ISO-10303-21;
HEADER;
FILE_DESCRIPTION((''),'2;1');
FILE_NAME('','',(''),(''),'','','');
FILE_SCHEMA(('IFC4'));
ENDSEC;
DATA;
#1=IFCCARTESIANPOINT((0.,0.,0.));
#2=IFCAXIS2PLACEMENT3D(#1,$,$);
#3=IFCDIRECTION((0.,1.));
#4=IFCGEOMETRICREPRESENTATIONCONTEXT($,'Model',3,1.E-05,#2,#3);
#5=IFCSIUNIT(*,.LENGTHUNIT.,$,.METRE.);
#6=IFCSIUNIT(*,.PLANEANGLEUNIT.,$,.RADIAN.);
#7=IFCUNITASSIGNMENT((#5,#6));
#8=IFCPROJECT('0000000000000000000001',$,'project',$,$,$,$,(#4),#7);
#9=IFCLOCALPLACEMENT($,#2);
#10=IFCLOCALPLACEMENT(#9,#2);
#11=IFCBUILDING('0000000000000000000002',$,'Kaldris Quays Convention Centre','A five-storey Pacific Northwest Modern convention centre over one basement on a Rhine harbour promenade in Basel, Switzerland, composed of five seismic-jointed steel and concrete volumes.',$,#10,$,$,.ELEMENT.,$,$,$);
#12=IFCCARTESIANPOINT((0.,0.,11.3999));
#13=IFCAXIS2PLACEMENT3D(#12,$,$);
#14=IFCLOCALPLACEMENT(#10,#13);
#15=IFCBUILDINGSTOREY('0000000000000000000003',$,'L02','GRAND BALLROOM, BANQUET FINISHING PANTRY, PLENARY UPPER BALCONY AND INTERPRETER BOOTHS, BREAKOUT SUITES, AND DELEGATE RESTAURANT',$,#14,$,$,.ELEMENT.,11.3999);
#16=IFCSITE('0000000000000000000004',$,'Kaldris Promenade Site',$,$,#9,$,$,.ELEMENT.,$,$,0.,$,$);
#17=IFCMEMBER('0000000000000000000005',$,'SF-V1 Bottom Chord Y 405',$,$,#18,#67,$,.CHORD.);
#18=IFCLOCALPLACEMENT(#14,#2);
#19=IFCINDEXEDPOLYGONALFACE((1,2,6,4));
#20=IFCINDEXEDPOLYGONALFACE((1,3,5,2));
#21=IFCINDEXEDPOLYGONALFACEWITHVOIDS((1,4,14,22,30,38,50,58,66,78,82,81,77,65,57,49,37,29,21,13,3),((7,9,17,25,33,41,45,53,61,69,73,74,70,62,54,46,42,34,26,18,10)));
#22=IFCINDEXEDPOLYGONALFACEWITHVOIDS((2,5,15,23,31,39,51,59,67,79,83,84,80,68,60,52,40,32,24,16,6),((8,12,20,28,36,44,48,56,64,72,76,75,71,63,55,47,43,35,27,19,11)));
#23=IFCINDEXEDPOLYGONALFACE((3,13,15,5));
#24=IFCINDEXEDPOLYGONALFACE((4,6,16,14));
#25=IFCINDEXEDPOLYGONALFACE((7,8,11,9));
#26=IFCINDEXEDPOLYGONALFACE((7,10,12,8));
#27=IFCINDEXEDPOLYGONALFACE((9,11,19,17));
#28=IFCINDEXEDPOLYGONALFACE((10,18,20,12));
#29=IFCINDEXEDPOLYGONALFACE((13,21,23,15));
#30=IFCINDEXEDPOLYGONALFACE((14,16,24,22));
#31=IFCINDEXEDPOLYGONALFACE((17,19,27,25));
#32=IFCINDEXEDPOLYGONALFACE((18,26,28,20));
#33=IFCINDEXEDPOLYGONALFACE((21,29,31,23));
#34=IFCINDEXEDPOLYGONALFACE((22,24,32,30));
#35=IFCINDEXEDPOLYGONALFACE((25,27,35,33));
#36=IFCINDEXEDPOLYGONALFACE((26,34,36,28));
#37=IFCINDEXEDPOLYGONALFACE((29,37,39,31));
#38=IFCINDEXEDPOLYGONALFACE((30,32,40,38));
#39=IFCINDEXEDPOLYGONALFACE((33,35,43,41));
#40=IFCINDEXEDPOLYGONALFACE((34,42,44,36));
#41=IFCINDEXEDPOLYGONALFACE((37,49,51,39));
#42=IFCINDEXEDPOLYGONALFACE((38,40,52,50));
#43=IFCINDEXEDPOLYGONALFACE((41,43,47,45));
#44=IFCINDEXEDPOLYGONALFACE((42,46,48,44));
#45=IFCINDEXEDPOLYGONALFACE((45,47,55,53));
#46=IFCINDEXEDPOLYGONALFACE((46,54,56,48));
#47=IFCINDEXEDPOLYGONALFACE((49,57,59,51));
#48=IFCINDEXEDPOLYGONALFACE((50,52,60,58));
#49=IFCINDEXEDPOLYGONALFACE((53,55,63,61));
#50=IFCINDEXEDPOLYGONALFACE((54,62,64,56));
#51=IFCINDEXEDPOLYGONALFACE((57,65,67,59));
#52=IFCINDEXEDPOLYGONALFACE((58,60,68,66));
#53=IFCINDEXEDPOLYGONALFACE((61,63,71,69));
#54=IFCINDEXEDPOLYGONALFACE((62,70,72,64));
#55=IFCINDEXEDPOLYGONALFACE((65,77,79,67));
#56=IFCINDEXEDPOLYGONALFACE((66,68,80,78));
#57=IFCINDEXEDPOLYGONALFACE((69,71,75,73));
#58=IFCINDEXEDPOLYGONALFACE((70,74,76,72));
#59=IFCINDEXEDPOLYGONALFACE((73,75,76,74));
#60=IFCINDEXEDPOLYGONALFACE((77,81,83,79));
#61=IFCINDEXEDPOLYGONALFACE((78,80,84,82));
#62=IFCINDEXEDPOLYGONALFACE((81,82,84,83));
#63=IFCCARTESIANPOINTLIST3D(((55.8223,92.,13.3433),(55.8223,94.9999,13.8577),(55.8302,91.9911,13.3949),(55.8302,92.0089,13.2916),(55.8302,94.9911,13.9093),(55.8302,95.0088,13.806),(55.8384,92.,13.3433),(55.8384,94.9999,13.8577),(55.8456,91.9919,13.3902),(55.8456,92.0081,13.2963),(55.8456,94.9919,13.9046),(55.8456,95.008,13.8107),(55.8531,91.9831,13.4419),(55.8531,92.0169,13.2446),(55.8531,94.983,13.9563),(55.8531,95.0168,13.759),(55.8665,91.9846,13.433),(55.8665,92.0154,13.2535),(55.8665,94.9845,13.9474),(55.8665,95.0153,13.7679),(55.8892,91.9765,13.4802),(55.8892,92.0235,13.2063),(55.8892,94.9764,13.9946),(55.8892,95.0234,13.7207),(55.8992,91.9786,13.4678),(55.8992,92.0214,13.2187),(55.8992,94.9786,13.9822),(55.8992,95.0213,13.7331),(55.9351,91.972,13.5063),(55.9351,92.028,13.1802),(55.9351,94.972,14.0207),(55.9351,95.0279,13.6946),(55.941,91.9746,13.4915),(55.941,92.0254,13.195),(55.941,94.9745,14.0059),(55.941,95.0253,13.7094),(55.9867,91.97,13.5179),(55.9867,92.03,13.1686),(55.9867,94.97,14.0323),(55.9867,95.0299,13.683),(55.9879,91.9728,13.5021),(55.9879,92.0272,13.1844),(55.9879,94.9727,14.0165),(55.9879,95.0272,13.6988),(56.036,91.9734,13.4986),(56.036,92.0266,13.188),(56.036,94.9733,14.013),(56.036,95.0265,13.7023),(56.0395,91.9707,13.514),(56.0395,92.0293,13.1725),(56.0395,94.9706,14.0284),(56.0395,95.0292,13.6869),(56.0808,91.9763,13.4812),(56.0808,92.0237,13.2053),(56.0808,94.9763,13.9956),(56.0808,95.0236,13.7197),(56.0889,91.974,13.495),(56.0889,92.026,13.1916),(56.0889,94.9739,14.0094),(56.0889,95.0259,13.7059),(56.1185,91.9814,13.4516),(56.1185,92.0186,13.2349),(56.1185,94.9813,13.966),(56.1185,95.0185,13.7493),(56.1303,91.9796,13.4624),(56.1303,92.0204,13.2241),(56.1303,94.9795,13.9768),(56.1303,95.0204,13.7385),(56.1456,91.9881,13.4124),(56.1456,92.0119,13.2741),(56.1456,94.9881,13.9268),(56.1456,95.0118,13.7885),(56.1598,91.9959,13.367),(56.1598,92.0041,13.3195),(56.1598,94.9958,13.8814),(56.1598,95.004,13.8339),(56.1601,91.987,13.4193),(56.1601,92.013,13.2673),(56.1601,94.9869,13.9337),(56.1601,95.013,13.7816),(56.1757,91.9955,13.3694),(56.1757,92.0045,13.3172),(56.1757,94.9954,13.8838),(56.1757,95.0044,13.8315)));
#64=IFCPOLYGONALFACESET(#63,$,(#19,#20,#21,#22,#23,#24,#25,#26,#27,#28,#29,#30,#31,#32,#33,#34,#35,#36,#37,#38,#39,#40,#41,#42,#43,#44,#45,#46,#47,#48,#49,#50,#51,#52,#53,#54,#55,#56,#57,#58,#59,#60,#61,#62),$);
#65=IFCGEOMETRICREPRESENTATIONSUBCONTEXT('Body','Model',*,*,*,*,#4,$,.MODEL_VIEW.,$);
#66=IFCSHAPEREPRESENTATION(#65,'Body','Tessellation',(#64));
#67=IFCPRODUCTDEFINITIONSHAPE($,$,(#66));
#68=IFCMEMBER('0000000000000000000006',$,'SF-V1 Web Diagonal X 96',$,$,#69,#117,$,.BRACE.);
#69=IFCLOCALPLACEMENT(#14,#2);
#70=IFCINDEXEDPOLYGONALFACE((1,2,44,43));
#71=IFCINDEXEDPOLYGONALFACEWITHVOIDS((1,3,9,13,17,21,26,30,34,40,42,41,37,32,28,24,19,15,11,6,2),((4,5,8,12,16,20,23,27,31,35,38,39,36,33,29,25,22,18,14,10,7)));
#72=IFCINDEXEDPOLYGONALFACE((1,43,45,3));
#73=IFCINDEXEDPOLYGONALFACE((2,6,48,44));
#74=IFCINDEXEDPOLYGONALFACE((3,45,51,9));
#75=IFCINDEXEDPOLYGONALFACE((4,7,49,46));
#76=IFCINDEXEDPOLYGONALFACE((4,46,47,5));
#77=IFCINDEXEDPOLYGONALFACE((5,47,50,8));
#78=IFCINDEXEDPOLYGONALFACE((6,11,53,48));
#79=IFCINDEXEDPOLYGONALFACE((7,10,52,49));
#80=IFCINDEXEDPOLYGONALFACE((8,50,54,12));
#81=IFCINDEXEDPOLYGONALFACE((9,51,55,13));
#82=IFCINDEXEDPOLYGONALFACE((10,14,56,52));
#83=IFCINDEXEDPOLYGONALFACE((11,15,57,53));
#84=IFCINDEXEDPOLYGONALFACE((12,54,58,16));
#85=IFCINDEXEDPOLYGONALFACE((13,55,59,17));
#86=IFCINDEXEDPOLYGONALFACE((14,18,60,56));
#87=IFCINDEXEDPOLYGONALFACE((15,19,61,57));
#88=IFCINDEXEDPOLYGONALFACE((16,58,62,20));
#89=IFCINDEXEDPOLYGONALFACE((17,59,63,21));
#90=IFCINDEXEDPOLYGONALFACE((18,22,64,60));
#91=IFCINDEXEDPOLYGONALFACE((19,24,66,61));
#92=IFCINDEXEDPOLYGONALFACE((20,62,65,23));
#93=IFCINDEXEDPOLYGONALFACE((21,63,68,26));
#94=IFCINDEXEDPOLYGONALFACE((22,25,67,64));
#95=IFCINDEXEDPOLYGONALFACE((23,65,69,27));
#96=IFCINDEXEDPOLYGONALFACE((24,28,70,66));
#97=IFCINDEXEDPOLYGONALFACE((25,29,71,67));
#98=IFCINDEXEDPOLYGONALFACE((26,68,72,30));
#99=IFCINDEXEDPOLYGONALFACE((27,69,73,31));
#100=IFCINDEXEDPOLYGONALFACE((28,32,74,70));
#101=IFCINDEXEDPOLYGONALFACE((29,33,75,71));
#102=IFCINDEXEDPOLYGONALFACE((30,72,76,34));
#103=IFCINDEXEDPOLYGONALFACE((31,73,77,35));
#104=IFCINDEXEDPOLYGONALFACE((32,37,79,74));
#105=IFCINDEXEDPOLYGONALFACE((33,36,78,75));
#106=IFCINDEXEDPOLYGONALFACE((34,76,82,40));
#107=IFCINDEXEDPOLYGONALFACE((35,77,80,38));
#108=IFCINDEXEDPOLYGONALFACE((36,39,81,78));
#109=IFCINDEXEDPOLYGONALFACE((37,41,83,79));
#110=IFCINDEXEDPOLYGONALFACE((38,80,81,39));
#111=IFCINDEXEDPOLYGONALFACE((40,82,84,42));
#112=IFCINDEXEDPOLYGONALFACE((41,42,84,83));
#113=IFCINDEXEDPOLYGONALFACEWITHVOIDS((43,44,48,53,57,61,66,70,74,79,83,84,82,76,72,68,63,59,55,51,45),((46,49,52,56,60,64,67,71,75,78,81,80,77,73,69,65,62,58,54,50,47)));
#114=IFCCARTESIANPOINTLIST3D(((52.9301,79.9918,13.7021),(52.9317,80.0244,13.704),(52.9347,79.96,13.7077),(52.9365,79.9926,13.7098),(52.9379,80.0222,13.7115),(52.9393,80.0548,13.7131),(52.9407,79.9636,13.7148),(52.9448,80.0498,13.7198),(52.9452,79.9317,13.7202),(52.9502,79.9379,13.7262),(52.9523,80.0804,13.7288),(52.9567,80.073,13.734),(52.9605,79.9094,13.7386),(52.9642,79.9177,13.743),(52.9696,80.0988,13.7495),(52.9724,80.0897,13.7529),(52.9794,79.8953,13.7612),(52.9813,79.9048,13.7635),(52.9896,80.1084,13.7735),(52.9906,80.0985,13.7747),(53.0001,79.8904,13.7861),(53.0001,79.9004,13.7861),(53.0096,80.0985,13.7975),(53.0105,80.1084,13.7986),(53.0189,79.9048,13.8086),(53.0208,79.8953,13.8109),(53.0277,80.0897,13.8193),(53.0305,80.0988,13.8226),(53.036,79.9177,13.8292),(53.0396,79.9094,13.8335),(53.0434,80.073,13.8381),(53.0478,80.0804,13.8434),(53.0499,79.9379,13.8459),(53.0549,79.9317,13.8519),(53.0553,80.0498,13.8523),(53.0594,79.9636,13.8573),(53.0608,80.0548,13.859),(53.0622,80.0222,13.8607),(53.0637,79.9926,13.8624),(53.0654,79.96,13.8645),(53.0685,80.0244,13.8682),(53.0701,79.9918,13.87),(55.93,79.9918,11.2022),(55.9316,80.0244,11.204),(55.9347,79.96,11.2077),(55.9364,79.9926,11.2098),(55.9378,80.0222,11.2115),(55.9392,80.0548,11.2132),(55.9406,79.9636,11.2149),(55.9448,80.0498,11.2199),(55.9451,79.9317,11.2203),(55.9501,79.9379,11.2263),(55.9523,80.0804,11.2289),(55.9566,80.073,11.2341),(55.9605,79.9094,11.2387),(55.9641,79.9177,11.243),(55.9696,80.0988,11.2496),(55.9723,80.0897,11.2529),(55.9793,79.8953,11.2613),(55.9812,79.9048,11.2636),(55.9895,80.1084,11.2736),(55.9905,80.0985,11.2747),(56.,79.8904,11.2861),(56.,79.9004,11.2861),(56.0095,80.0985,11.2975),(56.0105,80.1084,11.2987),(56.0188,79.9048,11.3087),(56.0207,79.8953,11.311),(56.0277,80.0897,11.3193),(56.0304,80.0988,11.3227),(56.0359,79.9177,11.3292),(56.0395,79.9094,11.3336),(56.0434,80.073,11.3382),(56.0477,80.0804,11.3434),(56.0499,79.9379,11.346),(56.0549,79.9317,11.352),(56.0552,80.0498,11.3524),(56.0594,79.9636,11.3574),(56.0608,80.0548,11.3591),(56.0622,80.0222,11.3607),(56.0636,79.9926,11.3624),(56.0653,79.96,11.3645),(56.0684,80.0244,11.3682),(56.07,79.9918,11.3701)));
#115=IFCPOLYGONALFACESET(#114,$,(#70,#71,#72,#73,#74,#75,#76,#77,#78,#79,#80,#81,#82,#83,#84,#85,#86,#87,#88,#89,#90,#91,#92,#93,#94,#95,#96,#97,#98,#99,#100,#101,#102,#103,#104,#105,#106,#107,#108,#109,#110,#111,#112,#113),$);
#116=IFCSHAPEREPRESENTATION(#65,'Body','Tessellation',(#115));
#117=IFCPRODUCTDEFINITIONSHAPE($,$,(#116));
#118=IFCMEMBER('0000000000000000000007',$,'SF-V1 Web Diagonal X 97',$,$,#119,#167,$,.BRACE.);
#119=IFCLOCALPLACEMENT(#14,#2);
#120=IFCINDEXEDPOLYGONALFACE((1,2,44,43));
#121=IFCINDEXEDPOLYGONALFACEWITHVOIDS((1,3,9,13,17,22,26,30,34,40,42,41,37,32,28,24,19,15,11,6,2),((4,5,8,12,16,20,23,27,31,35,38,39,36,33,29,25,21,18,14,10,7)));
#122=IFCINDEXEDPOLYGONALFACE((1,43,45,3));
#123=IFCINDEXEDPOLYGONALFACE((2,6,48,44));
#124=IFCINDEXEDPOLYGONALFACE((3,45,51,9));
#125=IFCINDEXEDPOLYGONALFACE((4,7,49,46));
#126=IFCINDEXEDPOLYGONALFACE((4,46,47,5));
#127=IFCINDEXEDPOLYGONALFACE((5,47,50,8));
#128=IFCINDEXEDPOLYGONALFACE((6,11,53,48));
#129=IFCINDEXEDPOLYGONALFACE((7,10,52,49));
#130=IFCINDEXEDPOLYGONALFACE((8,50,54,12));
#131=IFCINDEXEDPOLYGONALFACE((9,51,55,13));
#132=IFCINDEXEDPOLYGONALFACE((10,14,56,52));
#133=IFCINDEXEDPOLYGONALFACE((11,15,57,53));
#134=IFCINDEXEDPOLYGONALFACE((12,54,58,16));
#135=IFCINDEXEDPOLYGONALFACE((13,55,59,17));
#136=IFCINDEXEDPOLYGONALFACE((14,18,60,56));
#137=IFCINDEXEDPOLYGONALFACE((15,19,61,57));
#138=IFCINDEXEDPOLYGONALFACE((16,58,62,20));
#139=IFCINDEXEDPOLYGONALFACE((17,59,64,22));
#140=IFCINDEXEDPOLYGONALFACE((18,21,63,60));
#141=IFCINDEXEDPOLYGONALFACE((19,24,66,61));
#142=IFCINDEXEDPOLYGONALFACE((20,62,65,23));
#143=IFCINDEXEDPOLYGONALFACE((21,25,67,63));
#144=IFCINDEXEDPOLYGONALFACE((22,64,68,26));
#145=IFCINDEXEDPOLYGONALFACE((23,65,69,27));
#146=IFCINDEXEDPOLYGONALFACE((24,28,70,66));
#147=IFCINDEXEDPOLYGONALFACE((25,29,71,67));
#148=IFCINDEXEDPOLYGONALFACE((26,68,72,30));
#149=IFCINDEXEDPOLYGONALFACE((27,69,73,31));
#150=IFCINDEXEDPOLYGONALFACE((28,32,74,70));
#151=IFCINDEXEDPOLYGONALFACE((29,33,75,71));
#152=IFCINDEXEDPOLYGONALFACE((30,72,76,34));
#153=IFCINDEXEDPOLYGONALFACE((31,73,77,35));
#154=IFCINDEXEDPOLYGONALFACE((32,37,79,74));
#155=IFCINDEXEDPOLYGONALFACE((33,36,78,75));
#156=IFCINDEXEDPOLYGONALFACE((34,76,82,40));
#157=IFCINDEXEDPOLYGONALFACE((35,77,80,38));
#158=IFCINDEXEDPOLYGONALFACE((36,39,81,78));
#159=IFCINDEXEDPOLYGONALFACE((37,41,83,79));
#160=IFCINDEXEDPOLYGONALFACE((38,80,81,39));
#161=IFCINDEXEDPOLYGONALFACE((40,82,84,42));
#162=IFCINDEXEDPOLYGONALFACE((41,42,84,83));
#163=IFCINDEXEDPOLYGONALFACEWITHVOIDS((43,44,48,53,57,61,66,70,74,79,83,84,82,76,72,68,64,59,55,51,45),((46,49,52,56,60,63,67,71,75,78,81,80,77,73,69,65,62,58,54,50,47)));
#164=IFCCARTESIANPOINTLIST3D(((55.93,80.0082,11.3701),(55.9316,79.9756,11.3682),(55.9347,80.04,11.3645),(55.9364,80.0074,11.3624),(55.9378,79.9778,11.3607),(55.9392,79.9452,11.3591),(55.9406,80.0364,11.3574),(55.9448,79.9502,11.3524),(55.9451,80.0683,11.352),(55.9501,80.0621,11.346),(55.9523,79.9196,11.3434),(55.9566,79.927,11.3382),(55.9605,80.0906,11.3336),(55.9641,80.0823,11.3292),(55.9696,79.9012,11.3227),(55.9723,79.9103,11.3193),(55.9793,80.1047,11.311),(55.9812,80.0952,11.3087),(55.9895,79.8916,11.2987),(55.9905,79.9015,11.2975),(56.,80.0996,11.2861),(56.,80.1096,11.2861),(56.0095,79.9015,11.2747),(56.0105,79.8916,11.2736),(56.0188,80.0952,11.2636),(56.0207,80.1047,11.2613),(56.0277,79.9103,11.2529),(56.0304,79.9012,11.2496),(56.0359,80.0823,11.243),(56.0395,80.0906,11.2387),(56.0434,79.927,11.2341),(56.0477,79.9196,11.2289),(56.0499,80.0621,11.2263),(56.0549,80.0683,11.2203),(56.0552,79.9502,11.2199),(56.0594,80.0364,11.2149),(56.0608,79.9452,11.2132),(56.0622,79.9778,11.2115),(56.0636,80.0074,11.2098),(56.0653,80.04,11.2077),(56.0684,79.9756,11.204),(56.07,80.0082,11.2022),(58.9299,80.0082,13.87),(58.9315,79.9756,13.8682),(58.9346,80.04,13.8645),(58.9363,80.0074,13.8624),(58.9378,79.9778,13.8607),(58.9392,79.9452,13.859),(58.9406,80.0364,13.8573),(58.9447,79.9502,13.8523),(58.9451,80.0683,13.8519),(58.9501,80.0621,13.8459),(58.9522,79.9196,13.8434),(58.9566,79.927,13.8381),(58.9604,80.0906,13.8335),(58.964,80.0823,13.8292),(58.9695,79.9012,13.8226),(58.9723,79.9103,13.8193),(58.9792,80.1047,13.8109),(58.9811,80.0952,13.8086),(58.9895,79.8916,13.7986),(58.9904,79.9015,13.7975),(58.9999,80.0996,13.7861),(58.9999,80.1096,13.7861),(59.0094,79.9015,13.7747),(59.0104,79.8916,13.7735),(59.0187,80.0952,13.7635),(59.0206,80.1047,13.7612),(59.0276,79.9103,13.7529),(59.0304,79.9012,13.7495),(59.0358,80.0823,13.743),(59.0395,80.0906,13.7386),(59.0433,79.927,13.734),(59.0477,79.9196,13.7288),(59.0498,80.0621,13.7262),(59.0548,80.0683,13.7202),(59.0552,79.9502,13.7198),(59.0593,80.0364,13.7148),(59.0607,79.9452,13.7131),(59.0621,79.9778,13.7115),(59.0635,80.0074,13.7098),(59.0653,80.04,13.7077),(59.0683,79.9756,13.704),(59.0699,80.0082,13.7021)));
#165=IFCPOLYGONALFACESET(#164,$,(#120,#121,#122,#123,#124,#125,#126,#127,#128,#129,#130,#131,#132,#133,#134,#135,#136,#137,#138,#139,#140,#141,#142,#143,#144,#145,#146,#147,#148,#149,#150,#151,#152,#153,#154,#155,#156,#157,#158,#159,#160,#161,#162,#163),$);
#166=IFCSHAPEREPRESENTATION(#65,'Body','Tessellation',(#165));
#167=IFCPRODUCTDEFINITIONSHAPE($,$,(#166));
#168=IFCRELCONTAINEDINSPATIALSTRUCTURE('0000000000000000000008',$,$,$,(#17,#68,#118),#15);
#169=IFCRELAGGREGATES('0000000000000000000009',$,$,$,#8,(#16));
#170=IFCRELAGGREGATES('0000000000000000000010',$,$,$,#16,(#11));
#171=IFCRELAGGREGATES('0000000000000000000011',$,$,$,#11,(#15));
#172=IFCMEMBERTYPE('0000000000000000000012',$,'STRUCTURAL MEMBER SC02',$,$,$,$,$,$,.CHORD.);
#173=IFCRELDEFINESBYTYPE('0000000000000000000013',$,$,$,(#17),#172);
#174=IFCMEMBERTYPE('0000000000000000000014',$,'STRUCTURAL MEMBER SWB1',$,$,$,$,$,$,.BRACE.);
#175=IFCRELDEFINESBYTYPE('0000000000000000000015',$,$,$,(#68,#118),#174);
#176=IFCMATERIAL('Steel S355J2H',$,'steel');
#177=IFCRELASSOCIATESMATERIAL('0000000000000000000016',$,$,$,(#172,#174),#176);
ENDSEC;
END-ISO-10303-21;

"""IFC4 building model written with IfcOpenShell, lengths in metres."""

from ifc_helpers import new_model, si_unit, direction, frame, origin, origin_2d, place, context, subcontext, project, spatial, hollow_circle, extrude, material, material_profile, profile_set, type_object, element, save


model = new_model("IFC4")

# Units and contexts
model_context = context("Model", 3, precision=1e-05, world=origin(), true_north=direction((0.0, 1.0)))
body_context = subcontext(model_context, "Body", "Model", "MODEL_VIEW")
ifc_project = project(units=[si_unit("LENGTHUNIT", "METRE"), si_unit("PLANEANGLEUNIT", "RADIAN")], contexts=[model_context])

# Site, building, storey
site_placement = place(None, origin())
site = spatial("IfcSite", under=ifc_project, at=site_placement, Name="Kaldris Promenade Site", CompositionType="ELEMENT", RefElevation=0.0)
building_placement = place(site_placement, origin())
building = spatial("IfcBuilding", under=site, at=building_placement, Name="Kaldris Quays Convention Centre", Description="A five-storey Pacific Northwest Modern convention centre over one basement on a Rhine harbour promenade in Basel, Switzerland, composed of five seismic-jointed steel and concrete volumes.", CompositionType="ELEMENT")
storey_placement = place(building_placement, frame((0.0, 0.0, 11.3999)))
storey = spatial("IfcBuildingStorey", under=building, at=storey_placement, Name="L02", Description="GRAND BALLROOM, BANQUET FINISHING PANTRY, PLENARY UPPER BALCONY AND INTERPRETER BOOTHS, BREAKOUT SUITES, AND DELEGATE RESTAURANT", CompositionType="ELEMENT", Elevation=11.3999)

# Members
ifc_material_1 = material(Name="Steel S355J2H", Category="steel")
ifc_material_profile_1 = material_profile(ifc_material_1, hollow_circle(Radius=0.1777, WallThickness=0.0161, at=origin_2d()), Name="CHS 355.6x16")
ifc_profile_set_1 = profile_set([ifc_material_profile_1], Name="Steel S355J2H")
member_type_1 = type_object("IfcMemberType", Name="STRUCTURAL MEMBER SC02", PredefinedType="CHORD", material=ifc_profile_set_1)
for number, where, z_axis, x_axis, name in (
    (1, (56.0, 92.0, 13.3433), (0.0, 0.985616, 0.169002), (-1.0, 0.0, 0.0), "SF-V1 Bottom Chord Y 405"),
):
    element("IfcMember", number, at=place(storey_placement, frame(where, z_axis=z_axis, x_axis=x_axis)), inside=storey, type_object=member_type_1, Name=name, PredefinedType="CHORD", context=body_context, shape_type="SweptSolid", body=[
        extrude(hollow_circle(Radius=0.1777, WallThickness=0.0161, at=origin_2d()), origin(), (0.0, 0.0, 1.0), 3.0437),
    ])
ifc_material_profile_2 = material_profile(ifc_material_1, hollow_circle(Radius=0.1096, WallThickness=0.01, at=origin_2d()), Name="CHS 219.1x10")
ifc_profile_set_2 = profile_set([ifc_material_profile_2], Name="Steel S355J2H")
member_type_2 = type_object("IfcMemberType", Name="STRUCTURAL MEMBER SWB1", PredefinedType="BRACE", material=ifc_profile_set_2)
for number, where, z_axis, x_axis, name in (
    (2, (56.0, 80.0, 11.2861), (-0.768221, 0.0, 0.640184), (0.0, -1.0, 0.0), "SF-V1 Web Diagonal X 96"),
    (3, (56.0, 80.0, 11.2861), (0.768221, 0.0, 0.640184), (0.0, 1.0, 0.0), "SF-V1 Web Diagonal X 97"),
):
    element("IfcMember", number, at=place(storey_placement, frame(where, z_axis=z_axis, x_axis=x_axis)), inside=storey, type_object=member_type_2, Name=name, PredefinedType="BRACE", context=body_context, shape_type="SweptSolid", body=[
        extrude(hollow_circle(Radius=0.1096, WallThickness=0.01, at=origin_2d()), origin(), (0.0, 0.0, 1.0), 3.905),
    ])

save(model, "model.ifc")
